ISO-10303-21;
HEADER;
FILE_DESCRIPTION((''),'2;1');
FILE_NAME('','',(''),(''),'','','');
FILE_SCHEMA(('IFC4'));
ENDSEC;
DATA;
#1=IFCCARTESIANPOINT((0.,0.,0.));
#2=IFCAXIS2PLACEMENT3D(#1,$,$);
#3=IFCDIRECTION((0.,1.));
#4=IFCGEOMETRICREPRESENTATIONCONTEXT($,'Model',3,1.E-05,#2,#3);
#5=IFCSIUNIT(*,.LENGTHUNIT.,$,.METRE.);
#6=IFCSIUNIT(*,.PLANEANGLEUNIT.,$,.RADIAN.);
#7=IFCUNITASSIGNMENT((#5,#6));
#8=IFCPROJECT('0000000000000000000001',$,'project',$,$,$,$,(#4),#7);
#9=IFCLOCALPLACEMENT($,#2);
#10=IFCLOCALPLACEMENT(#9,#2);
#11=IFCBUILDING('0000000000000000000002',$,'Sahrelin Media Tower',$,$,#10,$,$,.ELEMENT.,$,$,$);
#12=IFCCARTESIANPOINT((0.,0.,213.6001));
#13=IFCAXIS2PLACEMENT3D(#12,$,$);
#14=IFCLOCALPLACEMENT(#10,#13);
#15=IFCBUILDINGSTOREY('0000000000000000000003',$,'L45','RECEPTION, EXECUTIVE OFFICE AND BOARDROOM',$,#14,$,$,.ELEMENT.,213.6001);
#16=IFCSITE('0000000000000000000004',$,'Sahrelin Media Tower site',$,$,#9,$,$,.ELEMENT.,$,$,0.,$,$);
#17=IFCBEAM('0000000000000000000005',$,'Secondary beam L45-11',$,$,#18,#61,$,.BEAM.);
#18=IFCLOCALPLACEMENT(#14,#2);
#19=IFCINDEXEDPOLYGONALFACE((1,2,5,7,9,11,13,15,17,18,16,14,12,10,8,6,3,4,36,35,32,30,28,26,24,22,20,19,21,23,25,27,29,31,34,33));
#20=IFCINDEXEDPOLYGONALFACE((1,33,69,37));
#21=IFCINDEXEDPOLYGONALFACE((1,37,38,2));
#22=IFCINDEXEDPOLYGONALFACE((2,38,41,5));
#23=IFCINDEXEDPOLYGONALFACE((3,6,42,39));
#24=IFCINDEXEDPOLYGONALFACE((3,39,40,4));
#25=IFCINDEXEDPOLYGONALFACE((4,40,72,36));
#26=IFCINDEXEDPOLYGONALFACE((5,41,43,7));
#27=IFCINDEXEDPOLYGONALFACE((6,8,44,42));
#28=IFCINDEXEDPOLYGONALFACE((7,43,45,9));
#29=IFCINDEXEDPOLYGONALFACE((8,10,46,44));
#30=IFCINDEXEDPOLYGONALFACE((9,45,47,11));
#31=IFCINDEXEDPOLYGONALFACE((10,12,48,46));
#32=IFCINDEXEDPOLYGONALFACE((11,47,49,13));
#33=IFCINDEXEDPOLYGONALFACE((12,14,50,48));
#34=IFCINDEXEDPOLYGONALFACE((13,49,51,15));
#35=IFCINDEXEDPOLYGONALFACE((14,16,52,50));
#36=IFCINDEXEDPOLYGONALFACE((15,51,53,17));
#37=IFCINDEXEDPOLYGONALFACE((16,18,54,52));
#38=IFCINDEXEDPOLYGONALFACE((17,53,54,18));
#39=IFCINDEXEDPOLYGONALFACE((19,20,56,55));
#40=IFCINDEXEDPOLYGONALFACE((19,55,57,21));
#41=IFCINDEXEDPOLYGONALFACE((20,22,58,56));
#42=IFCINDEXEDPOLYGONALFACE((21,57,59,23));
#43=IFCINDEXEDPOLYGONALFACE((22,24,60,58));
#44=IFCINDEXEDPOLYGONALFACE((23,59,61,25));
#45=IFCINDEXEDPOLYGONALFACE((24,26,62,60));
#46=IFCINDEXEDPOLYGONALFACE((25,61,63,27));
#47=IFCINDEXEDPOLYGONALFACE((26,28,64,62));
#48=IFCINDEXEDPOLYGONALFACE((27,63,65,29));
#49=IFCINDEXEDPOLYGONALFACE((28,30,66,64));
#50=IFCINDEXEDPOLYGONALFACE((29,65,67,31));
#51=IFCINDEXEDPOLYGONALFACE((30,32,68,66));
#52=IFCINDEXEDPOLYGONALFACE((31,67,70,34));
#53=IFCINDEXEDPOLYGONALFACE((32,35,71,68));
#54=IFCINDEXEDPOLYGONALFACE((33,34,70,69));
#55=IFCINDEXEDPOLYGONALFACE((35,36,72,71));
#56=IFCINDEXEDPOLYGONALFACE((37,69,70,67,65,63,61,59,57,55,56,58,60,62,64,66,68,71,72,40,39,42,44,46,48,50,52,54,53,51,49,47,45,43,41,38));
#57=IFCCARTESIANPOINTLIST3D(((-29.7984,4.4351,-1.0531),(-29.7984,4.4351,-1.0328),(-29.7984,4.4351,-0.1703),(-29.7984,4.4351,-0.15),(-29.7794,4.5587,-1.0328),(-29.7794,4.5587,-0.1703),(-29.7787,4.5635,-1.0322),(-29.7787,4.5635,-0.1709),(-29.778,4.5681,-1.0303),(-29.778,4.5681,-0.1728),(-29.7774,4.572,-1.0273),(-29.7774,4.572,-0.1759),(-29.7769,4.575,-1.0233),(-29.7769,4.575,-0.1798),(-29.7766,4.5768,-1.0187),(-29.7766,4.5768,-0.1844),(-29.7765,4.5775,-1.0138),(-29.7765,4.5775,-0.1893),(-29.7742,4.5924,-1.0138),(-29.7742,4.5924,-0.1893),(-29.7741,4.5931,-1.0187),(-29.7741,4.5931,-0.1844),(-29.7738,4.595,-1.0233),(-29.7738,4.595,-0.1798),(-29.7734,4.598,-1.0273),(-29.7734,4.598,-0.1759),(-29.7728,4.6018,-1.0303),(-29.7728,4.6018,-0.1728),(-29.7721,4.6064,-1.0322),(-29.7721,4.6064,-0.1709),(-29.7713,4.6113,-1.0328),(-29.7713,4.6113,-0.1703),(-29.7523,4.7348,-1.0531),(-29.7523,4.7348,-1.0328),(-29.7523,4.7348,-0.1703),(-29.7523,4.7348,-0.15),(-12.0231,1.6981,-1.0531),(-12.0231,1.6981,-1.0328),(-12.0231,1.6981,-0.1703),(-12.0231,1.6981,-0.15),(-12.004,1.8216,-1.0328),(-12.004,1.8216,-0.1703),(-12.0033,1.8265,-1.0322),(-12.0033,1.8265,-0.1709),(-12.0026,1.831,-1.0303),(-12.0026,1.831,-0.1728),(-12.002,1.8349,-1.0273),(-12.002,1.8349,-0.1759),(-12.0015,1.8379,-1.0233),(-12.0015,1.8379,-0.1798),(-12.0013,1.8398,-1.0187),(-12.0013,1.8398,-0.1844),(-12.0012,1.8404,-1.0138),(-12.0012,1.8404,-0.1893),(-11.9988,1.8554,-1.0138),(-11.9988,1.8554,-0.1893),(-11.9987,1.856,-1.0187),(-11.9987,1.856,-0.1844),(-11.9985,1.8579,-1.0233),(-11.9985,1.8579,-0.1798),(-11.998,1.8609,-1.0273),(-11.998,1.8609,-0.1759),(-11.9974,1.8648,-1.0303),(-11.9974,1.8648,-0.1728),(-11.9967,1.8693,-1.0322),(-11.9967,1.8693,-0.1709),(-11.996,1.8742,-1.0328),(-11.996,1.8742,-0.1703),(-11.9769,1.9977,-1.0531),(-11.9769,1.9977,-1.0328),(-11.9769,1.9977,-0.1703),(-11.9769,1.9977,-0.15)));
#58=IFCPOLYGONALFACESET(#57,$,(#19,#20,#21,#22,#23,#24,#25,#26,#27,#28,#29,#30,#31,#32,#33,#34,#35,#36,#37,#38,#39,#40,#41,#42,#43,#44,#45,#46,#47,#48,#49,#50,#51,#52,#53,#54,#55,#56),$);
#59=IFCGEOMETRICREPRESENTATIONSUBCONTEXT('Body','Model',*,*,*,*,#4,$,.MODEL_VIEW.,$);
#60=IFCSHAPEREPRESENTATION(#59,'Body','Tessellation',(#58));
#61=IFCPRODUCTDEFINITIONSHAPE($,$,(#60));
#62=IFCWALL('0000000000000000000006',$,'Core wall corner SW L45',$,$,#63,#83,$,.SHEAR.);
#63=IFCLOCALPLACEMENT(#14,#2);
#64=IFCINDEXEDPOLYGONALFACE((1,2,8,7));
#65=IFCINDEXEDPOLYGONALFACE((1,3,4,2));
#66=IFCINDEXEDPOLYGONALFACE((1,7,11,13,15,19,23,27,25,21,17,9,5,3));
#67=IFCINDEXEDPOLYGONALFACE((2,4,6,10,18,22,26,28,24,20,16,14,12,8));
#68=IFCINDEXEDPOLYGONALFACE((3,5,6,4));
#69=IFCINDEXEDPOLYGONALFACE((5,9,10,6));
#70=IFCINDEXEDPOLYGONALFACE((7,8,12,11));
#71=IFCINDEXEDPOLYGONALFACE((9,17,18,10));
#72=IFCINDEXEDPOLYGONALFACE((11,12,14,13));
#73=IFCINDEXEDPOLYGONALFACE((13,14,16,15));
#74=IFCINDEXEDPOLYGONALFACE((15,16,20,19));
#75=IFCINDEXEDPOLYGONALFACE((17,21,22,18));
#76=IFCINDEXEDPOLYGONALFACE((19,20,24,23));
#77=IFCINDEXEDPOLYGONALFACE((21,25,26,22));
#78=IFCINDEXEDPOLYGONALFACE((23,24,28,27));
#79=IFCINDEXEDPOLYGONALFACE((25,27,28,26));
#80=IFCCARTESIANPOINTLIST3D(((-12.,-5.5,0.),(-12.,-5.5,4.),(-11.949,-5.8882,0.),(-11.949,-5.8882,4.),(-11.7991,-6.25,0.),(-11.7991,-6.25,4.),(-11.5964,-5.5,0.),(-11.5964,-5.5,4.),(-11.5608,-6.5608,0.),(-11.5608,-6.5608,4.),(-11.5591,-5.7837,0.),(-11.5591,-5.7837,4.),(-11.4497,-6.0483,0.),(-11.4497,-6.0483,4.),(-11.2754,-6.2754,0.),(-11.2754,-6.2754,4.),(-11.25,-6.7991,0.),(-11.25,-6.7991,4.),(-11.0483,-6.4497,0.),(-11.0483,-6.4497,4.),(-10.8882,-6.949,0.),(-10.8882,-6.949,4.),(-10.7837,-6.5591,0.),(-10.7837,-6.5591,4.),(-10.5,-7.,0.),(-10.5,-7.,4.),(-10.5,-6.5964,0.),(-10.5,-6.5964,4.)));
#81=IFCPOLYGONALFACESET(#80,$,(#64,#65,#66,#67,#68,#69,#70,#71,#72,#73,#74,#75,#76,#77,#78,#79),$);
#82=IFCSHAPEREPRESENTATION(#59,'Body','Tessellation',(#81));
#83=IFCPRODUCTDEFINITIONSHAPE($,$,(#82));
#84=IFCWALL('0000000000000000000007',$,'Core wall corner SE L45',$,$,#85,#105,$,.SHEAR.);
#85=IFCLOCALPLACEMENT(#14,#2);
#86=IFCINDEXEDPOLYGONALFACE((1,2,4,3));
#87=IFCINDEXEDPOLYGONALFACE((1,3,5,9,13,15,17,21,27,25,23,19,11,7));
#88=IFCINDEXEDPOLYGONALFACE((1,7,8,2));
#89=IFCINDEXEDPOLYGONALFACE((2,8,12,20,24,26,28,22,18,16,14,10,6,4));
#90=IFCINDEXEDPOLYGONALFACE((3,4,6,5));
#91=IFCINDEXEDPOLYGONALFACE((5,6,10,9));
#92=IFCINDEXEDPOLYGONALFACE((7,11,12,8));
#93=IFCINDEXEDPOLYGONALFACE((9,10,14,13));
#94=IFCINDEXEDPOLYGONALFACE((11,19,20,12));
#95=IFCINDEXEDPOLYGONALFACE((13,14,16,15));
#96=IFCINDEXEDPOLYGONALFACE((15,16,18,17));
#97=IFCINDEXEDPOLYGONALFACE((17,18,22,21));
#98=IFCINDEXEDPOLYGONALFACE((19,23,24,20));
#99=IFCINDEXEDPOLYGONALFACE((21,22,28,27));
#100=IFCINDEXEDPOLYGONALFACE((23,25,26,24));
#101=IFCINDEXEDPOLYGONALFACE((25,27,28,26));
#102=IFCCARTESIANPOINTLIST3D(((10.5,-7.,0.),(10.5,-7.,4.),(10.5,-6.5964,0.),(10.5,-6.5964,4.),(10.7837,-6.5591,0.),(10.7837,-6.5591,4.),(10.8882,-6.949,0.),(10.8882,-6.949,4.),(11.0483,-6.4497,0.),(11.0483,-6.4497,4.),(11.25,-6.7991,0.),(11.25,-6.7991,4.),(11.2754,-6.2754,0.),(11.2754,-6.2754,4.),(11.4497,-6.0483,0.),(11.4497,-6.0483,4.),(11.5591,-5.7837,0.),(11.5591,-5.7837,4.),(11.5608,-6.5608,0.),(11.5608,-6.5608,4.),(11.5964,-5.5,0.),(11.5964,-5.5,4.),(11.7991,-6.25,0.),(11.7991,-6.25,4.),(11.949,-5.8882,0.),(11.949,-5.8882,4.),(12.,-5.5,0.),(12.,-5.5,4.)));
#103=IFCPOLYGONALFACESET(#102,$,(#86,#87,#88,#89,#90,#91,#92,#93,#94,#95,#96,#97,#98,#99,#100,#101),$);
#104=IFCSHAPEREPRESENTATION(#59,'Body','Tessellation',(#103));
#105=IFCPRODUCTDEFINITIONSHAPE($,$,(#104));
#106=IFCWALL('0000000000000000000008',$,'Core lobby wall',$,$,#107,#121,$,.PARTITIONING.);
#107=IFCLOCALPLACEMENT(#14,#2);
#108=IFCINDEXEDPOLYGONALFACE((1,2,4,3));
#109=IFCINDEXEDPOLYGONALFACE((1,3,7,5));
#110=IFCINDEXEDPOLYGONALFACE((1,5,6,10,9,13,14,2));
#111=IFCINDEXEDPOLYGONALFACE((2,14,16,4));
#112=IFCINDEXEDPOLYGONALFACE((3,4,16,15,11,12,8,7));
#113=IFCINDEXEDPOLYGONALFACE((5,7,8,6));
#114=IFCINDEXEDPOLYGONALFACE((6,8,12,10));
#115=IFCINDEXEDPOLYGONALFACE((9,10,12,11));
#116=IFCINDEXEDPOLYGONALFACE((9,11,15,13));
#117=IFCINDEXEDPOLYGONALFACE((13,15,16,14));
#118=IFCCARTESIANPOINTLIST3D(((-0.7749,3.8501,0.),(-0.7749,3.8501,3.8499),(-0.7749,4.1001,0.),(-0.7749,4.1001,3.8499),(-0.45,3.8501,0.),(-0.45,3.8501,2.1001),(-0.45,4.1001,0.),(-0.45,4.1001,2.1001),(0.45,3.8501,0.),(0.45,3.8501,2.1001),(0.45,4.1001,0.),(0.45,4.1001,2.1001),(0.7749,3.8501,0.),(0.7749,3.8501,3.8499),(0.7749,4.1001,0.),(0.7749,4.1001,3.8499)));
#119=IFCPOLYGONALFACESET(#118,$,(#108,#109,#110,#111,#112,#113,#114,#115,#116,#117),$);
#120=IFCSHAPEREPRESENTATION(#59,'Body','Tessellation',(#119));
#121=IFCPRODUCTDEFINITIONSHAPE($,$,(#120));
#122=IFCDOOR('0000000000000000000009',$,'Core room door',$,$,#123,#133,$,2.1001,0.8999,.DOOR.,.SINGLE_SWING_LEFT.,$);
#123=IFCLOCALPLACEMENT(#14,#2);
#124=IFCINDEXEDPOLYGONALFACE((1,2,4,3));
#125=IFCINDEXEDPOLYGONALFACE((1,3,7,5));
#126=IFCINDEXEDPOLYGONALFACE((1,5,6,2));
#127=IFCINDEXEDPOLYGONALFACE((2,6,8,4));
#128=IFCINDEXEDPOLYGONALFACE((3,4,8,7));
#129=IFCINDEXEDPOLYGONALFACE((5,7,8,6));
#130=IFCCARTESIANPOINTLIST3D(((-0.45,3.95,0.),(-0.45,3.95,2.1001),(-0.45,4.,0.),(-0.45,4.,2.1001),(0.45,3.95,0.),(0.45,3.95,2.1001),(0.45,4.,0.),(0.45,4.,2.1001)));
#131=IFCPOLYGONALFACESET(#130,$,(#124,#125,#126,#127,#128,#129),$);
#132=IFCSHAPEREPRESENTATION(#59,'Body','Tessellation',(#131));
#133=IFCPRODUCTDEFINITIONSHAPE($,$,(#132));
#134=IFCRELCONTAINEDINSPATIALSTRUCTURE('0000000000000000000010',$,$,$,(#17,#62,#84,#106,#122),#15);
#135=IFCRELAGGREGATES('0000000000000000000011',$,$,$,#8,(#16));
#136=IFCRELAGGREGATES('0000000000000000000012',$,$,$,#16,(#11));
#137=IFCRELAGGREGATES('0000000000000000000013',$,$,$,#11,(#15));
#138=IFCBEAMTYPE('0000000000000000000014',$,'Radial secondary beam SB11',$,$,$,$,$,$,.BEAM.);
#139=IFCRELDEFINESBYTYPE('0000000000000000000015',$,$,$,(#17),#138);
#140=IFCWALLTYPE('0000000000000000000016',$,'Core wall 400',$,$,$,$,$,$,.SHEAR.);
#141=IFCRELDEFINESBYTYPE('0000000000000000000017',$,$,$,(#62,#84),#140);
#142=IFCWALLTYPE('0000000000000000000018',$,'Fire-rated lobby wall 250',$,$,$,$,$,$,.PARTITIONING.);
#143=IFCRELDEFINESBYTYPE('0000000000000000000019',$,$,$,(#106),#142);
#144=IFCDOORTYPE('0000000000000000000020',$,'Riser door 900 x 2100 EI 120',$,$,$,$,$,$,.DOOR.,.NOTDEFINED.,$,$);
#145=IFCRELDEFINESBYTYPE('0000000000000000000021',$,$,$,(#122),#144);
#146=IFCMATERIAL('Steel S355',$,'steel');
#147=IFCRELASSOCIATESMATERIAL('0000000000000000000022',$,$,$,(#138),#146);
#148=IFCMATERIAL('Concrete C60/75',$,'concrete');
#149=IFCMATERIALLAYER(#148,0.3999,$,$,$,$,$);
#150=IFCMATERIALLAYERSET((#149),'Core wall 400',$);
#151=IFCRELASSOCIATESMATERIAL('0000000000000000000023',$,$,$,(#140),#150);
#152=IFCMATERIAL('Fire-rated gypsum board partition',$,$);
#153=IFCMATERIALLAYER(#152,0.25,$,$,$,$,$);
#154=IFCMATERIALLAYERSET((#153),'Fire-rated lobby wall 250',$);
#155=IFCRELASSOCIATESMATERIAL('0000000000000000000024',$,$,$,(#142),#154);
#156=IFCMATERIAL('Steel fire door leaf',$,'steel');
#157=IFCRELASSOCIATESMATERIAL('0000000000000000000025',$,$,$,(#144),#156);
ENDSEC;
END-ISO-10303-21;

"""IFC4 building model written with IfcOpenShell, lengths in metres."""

from ifc_helpers import new_model, si_unit, direction, frame, frame_2d, origin, origin_2d, place, context, subcontext, project, spatial, polyline, rectangle, i_section, outline, extrude, material, layer, layer_set, material_profile, profile_set, type_object, element, fill, save


model = new_model("IFC4")

# Units and contexts
model_context = context("Model", 3, precision=1e-05, world=origin(), true_north=direction((0.0, 1.0)))
body_context = subcontext(model_context, "Body", "Model", "MODEL_VIEW")
ifc_project = project(units=[si_unit("LENGTHUNIT", "METRE"), si_unit("PLANEANGLEUNIT", "RADIAN")], contexts=[model_context])

# Site, building, storey
site_placement = place(None, origin())
site = spatial("IfcSite", under=ifc_project, at=site_placement, Name="Sahrelin Media Tower site", CompositionType="ELEMENT", RefElevation=0.0)
building_placement = place(site_placement, origin())
building = spatial("IfcBuilding", under=site, at=building_placement, Name="Sahrelin Media Tower", CompositionType="ELEMENT")
storey_placement = place(building_placement, frame((0.0, 0.0, 213.6001)))
storey = spatial("IfcBuildingStorey", under=building, at=storey_placement, Name="L45", Description="RECEPTION, EXECUTIVE OFFICE AND BOARDROOM", CompositionType="ELEMENT", Elevation=213.6001)

# Beam
ifc_material_1 = material(Name="Steel S355", Category="steel")
ifc_material_profile_1 = material_profile(ifc_material_1, i_section(OverallWidth=0.3032, OverallDepth=0.9031, WebThickness=0.0151, FlangeThickness=0.0203, FilletRadius=0.019, at=origin_2d()), Name="UB 914x305x201")
ifc_profile_set_1 = profile_set([ifc_material_profile_1], Name="Steel S355")
beam_type_1 = type_object("IfcBeamType", Name="Radial secondary beam SB11", PredefinedType="BEAM", material=ifc_profile_set_1)
beam_1_placement = place(storey_placement, frame((-12.0, 1.8479, -0.6016), z_axis=(-0.988352, 0.152187, 0.0), x_axis=(-0.152187, -0.988352, 0.0)))
element("IfcBeam", 1, at=beam_1_placement, inside=storey, type_object=beam_type_1, Name="Secondary beam L45-11", PredefinedType="BEAM", context=body_context, shape_type="SweptSolid", body=[
    extrude(i_section(OverallWidth=0.3032, OverallDepth=0.9031, WebThickness=0.0151, FlangeThickness=0.0203, FilletRadius=0.019, at=origin_2d()), origin(), (0.0, 0.0, 1.0), 17.9849),
])

# Walls
ifc_material_2 = material(Name="Concrete C60/75", Category="concrete")
ifc_layer_1 = layer(ifc_material_2, 0.3999)
ifc_layer_set_1 = layer_set([ifc_layer_1], Name="Core wall 400")
wall_type_1 = type_object("IfcWallType", Name="Core wall 400", PredefinedType="SHEAR", material=ifc_layer_set_1)
placement = place(storey_placement, origin())
element("IfcWall", 2, at=placement, inside=storey, type_object=wall_type_1, Name="Core wall corner SW L45", PredefinedType="SHEAR", context=body_context, shape_type="SweptSolid", body=[
    extrude(outline(polyline([(-10.5, -7.0), (-10.5, -6.5964), (-10.7837, -6.5591), (-11.0483, -6.4497), (-11.2754, -6.2754), (-11.4497, -6.0483), (-11.5591, -5.7837), (-11.5964, -5.5), (-12.0, -5.5), (-11.949, -5.8882), (-11.7991, -6.25), (-11.5608, -6.5608), (-11.25, -6.7991), (-10.8882, -6.949), (-10.5, -7.0)])), origin(), (0.0, 0.0, 1.0), 4.0),
])
element("IfcWall", 3, at=placement, inside=storey, type_object=wall_type_1, Name="Core wall corner SE L45", PredefinedType="SHEAR", context=body_context, shape_type="SweptSolid", body=[
    extrude(outline(polyline([(12.0, -5.5), (11.5964, -5.5), (11.5591, -5.7837), (11.4497, -6.0483), (11.2754, -6.2754), (11.0483, -6.4497), (10.7837, -6.5591), (10.5, -6.5964), (10.5, -7.0), (10.8882, -6.949), (11.25, -6.7991), (11.5608, -6.5608), (11.7991, -6.25), (11.949, -5.8882), (12.0, -5.5)])), origin(), (0.0, 0.0, 1.0), 4.0),
])

# Wall, opening, door
ifc_material_3 = material(Name="Fire-rated gypsum board partition")
ifc_layer_2 = layer(ifc_material_3, 0.25)
ifc_layer_set_2 = layer_set([ifc_layer_2], Name="Fire-rated lobby wall 250")
wall_type_2 = type_object("IfcWallType", Name="Fire-rated lobby wall 250", PredefinedType="PARTITIONING", material=ifc_layer_set_2)
wall_1_placement = place(storey_placement, frame((-0.7749, 3.9751, 0.0), z_axis=(0.0, 0.0, 1.0), x_axis=(1.0, 0.0, 0.0)))
wall_1 = element("IfcWall", 4, at=wall_1_placement, inside=storey, type_object=wall_type_2, Name="Core lobby wall", PredefinedType="PARTITIONING", context=body_context, shape_type="SweptSolid", body=[
    extrude(rectangle(XDim=1.5498, YDim=0.25, at=frame_2d((0.7749, 0.0))), origin(), (0.0, 0.0, 1.0), 3.8499),
])
opening_1_placement = place(wall_1_placement, frame((0.325, 0.0, 0.0)))
opening_1 = element("IfcOpeningElement", 5, at=opening_1_placement, cuts=wall_1, PredefinedType="OPENING", context=body_context, shape_type="SweptSolid", body=[
    extrude(rectangle(XDim=0.8999, YDim=2.1001, at=frame_2d((0.45, 1.05))), frame((0.0, 0.125, 0.0), z_axis=(0.0, -1.0, 0.0), x_axis=(1.0, 0.0, 0.0)), (0.0, 0.0, 1.0), 0.25),
])
ifc_material_4 = material(Name="Steel fire door leaf", Category="steel")
door_type_1 = type_object("IfcDoorType", Name="Riser door 900 x 2100 EI 120", OperationType="NOTDEFINED", PredefinedType="DOOR", material=ifc_material_4)
door_1_placement = place(opening_1_placement, origin())
door_1 = element("IfcDoor", 6, at=door_1_placement, inside=storey, type_object=door_type_1, Name="Core room door", OperationType="SINGLE_SWING_LEFT", OverallHeight=2.1001, OverallWidth=0.8999, PredefinedType="DOOR", context=body_context, shape_type="SweptSolid", body=[
    extrude(rectangle(XDim=0.8999, YDim=2.1001, at=frame_2d((0.45, 1.05))), frame((0.0, 0.0249, 0.0), z_axis=(0.0, -1.0, 0.0), x_axis=(1.0, 0.0, 0.0)), (0.0, 0.0, 1.0), 0.05),
])
fill(opening_1, door_1)

save(model, "model.ifc")
